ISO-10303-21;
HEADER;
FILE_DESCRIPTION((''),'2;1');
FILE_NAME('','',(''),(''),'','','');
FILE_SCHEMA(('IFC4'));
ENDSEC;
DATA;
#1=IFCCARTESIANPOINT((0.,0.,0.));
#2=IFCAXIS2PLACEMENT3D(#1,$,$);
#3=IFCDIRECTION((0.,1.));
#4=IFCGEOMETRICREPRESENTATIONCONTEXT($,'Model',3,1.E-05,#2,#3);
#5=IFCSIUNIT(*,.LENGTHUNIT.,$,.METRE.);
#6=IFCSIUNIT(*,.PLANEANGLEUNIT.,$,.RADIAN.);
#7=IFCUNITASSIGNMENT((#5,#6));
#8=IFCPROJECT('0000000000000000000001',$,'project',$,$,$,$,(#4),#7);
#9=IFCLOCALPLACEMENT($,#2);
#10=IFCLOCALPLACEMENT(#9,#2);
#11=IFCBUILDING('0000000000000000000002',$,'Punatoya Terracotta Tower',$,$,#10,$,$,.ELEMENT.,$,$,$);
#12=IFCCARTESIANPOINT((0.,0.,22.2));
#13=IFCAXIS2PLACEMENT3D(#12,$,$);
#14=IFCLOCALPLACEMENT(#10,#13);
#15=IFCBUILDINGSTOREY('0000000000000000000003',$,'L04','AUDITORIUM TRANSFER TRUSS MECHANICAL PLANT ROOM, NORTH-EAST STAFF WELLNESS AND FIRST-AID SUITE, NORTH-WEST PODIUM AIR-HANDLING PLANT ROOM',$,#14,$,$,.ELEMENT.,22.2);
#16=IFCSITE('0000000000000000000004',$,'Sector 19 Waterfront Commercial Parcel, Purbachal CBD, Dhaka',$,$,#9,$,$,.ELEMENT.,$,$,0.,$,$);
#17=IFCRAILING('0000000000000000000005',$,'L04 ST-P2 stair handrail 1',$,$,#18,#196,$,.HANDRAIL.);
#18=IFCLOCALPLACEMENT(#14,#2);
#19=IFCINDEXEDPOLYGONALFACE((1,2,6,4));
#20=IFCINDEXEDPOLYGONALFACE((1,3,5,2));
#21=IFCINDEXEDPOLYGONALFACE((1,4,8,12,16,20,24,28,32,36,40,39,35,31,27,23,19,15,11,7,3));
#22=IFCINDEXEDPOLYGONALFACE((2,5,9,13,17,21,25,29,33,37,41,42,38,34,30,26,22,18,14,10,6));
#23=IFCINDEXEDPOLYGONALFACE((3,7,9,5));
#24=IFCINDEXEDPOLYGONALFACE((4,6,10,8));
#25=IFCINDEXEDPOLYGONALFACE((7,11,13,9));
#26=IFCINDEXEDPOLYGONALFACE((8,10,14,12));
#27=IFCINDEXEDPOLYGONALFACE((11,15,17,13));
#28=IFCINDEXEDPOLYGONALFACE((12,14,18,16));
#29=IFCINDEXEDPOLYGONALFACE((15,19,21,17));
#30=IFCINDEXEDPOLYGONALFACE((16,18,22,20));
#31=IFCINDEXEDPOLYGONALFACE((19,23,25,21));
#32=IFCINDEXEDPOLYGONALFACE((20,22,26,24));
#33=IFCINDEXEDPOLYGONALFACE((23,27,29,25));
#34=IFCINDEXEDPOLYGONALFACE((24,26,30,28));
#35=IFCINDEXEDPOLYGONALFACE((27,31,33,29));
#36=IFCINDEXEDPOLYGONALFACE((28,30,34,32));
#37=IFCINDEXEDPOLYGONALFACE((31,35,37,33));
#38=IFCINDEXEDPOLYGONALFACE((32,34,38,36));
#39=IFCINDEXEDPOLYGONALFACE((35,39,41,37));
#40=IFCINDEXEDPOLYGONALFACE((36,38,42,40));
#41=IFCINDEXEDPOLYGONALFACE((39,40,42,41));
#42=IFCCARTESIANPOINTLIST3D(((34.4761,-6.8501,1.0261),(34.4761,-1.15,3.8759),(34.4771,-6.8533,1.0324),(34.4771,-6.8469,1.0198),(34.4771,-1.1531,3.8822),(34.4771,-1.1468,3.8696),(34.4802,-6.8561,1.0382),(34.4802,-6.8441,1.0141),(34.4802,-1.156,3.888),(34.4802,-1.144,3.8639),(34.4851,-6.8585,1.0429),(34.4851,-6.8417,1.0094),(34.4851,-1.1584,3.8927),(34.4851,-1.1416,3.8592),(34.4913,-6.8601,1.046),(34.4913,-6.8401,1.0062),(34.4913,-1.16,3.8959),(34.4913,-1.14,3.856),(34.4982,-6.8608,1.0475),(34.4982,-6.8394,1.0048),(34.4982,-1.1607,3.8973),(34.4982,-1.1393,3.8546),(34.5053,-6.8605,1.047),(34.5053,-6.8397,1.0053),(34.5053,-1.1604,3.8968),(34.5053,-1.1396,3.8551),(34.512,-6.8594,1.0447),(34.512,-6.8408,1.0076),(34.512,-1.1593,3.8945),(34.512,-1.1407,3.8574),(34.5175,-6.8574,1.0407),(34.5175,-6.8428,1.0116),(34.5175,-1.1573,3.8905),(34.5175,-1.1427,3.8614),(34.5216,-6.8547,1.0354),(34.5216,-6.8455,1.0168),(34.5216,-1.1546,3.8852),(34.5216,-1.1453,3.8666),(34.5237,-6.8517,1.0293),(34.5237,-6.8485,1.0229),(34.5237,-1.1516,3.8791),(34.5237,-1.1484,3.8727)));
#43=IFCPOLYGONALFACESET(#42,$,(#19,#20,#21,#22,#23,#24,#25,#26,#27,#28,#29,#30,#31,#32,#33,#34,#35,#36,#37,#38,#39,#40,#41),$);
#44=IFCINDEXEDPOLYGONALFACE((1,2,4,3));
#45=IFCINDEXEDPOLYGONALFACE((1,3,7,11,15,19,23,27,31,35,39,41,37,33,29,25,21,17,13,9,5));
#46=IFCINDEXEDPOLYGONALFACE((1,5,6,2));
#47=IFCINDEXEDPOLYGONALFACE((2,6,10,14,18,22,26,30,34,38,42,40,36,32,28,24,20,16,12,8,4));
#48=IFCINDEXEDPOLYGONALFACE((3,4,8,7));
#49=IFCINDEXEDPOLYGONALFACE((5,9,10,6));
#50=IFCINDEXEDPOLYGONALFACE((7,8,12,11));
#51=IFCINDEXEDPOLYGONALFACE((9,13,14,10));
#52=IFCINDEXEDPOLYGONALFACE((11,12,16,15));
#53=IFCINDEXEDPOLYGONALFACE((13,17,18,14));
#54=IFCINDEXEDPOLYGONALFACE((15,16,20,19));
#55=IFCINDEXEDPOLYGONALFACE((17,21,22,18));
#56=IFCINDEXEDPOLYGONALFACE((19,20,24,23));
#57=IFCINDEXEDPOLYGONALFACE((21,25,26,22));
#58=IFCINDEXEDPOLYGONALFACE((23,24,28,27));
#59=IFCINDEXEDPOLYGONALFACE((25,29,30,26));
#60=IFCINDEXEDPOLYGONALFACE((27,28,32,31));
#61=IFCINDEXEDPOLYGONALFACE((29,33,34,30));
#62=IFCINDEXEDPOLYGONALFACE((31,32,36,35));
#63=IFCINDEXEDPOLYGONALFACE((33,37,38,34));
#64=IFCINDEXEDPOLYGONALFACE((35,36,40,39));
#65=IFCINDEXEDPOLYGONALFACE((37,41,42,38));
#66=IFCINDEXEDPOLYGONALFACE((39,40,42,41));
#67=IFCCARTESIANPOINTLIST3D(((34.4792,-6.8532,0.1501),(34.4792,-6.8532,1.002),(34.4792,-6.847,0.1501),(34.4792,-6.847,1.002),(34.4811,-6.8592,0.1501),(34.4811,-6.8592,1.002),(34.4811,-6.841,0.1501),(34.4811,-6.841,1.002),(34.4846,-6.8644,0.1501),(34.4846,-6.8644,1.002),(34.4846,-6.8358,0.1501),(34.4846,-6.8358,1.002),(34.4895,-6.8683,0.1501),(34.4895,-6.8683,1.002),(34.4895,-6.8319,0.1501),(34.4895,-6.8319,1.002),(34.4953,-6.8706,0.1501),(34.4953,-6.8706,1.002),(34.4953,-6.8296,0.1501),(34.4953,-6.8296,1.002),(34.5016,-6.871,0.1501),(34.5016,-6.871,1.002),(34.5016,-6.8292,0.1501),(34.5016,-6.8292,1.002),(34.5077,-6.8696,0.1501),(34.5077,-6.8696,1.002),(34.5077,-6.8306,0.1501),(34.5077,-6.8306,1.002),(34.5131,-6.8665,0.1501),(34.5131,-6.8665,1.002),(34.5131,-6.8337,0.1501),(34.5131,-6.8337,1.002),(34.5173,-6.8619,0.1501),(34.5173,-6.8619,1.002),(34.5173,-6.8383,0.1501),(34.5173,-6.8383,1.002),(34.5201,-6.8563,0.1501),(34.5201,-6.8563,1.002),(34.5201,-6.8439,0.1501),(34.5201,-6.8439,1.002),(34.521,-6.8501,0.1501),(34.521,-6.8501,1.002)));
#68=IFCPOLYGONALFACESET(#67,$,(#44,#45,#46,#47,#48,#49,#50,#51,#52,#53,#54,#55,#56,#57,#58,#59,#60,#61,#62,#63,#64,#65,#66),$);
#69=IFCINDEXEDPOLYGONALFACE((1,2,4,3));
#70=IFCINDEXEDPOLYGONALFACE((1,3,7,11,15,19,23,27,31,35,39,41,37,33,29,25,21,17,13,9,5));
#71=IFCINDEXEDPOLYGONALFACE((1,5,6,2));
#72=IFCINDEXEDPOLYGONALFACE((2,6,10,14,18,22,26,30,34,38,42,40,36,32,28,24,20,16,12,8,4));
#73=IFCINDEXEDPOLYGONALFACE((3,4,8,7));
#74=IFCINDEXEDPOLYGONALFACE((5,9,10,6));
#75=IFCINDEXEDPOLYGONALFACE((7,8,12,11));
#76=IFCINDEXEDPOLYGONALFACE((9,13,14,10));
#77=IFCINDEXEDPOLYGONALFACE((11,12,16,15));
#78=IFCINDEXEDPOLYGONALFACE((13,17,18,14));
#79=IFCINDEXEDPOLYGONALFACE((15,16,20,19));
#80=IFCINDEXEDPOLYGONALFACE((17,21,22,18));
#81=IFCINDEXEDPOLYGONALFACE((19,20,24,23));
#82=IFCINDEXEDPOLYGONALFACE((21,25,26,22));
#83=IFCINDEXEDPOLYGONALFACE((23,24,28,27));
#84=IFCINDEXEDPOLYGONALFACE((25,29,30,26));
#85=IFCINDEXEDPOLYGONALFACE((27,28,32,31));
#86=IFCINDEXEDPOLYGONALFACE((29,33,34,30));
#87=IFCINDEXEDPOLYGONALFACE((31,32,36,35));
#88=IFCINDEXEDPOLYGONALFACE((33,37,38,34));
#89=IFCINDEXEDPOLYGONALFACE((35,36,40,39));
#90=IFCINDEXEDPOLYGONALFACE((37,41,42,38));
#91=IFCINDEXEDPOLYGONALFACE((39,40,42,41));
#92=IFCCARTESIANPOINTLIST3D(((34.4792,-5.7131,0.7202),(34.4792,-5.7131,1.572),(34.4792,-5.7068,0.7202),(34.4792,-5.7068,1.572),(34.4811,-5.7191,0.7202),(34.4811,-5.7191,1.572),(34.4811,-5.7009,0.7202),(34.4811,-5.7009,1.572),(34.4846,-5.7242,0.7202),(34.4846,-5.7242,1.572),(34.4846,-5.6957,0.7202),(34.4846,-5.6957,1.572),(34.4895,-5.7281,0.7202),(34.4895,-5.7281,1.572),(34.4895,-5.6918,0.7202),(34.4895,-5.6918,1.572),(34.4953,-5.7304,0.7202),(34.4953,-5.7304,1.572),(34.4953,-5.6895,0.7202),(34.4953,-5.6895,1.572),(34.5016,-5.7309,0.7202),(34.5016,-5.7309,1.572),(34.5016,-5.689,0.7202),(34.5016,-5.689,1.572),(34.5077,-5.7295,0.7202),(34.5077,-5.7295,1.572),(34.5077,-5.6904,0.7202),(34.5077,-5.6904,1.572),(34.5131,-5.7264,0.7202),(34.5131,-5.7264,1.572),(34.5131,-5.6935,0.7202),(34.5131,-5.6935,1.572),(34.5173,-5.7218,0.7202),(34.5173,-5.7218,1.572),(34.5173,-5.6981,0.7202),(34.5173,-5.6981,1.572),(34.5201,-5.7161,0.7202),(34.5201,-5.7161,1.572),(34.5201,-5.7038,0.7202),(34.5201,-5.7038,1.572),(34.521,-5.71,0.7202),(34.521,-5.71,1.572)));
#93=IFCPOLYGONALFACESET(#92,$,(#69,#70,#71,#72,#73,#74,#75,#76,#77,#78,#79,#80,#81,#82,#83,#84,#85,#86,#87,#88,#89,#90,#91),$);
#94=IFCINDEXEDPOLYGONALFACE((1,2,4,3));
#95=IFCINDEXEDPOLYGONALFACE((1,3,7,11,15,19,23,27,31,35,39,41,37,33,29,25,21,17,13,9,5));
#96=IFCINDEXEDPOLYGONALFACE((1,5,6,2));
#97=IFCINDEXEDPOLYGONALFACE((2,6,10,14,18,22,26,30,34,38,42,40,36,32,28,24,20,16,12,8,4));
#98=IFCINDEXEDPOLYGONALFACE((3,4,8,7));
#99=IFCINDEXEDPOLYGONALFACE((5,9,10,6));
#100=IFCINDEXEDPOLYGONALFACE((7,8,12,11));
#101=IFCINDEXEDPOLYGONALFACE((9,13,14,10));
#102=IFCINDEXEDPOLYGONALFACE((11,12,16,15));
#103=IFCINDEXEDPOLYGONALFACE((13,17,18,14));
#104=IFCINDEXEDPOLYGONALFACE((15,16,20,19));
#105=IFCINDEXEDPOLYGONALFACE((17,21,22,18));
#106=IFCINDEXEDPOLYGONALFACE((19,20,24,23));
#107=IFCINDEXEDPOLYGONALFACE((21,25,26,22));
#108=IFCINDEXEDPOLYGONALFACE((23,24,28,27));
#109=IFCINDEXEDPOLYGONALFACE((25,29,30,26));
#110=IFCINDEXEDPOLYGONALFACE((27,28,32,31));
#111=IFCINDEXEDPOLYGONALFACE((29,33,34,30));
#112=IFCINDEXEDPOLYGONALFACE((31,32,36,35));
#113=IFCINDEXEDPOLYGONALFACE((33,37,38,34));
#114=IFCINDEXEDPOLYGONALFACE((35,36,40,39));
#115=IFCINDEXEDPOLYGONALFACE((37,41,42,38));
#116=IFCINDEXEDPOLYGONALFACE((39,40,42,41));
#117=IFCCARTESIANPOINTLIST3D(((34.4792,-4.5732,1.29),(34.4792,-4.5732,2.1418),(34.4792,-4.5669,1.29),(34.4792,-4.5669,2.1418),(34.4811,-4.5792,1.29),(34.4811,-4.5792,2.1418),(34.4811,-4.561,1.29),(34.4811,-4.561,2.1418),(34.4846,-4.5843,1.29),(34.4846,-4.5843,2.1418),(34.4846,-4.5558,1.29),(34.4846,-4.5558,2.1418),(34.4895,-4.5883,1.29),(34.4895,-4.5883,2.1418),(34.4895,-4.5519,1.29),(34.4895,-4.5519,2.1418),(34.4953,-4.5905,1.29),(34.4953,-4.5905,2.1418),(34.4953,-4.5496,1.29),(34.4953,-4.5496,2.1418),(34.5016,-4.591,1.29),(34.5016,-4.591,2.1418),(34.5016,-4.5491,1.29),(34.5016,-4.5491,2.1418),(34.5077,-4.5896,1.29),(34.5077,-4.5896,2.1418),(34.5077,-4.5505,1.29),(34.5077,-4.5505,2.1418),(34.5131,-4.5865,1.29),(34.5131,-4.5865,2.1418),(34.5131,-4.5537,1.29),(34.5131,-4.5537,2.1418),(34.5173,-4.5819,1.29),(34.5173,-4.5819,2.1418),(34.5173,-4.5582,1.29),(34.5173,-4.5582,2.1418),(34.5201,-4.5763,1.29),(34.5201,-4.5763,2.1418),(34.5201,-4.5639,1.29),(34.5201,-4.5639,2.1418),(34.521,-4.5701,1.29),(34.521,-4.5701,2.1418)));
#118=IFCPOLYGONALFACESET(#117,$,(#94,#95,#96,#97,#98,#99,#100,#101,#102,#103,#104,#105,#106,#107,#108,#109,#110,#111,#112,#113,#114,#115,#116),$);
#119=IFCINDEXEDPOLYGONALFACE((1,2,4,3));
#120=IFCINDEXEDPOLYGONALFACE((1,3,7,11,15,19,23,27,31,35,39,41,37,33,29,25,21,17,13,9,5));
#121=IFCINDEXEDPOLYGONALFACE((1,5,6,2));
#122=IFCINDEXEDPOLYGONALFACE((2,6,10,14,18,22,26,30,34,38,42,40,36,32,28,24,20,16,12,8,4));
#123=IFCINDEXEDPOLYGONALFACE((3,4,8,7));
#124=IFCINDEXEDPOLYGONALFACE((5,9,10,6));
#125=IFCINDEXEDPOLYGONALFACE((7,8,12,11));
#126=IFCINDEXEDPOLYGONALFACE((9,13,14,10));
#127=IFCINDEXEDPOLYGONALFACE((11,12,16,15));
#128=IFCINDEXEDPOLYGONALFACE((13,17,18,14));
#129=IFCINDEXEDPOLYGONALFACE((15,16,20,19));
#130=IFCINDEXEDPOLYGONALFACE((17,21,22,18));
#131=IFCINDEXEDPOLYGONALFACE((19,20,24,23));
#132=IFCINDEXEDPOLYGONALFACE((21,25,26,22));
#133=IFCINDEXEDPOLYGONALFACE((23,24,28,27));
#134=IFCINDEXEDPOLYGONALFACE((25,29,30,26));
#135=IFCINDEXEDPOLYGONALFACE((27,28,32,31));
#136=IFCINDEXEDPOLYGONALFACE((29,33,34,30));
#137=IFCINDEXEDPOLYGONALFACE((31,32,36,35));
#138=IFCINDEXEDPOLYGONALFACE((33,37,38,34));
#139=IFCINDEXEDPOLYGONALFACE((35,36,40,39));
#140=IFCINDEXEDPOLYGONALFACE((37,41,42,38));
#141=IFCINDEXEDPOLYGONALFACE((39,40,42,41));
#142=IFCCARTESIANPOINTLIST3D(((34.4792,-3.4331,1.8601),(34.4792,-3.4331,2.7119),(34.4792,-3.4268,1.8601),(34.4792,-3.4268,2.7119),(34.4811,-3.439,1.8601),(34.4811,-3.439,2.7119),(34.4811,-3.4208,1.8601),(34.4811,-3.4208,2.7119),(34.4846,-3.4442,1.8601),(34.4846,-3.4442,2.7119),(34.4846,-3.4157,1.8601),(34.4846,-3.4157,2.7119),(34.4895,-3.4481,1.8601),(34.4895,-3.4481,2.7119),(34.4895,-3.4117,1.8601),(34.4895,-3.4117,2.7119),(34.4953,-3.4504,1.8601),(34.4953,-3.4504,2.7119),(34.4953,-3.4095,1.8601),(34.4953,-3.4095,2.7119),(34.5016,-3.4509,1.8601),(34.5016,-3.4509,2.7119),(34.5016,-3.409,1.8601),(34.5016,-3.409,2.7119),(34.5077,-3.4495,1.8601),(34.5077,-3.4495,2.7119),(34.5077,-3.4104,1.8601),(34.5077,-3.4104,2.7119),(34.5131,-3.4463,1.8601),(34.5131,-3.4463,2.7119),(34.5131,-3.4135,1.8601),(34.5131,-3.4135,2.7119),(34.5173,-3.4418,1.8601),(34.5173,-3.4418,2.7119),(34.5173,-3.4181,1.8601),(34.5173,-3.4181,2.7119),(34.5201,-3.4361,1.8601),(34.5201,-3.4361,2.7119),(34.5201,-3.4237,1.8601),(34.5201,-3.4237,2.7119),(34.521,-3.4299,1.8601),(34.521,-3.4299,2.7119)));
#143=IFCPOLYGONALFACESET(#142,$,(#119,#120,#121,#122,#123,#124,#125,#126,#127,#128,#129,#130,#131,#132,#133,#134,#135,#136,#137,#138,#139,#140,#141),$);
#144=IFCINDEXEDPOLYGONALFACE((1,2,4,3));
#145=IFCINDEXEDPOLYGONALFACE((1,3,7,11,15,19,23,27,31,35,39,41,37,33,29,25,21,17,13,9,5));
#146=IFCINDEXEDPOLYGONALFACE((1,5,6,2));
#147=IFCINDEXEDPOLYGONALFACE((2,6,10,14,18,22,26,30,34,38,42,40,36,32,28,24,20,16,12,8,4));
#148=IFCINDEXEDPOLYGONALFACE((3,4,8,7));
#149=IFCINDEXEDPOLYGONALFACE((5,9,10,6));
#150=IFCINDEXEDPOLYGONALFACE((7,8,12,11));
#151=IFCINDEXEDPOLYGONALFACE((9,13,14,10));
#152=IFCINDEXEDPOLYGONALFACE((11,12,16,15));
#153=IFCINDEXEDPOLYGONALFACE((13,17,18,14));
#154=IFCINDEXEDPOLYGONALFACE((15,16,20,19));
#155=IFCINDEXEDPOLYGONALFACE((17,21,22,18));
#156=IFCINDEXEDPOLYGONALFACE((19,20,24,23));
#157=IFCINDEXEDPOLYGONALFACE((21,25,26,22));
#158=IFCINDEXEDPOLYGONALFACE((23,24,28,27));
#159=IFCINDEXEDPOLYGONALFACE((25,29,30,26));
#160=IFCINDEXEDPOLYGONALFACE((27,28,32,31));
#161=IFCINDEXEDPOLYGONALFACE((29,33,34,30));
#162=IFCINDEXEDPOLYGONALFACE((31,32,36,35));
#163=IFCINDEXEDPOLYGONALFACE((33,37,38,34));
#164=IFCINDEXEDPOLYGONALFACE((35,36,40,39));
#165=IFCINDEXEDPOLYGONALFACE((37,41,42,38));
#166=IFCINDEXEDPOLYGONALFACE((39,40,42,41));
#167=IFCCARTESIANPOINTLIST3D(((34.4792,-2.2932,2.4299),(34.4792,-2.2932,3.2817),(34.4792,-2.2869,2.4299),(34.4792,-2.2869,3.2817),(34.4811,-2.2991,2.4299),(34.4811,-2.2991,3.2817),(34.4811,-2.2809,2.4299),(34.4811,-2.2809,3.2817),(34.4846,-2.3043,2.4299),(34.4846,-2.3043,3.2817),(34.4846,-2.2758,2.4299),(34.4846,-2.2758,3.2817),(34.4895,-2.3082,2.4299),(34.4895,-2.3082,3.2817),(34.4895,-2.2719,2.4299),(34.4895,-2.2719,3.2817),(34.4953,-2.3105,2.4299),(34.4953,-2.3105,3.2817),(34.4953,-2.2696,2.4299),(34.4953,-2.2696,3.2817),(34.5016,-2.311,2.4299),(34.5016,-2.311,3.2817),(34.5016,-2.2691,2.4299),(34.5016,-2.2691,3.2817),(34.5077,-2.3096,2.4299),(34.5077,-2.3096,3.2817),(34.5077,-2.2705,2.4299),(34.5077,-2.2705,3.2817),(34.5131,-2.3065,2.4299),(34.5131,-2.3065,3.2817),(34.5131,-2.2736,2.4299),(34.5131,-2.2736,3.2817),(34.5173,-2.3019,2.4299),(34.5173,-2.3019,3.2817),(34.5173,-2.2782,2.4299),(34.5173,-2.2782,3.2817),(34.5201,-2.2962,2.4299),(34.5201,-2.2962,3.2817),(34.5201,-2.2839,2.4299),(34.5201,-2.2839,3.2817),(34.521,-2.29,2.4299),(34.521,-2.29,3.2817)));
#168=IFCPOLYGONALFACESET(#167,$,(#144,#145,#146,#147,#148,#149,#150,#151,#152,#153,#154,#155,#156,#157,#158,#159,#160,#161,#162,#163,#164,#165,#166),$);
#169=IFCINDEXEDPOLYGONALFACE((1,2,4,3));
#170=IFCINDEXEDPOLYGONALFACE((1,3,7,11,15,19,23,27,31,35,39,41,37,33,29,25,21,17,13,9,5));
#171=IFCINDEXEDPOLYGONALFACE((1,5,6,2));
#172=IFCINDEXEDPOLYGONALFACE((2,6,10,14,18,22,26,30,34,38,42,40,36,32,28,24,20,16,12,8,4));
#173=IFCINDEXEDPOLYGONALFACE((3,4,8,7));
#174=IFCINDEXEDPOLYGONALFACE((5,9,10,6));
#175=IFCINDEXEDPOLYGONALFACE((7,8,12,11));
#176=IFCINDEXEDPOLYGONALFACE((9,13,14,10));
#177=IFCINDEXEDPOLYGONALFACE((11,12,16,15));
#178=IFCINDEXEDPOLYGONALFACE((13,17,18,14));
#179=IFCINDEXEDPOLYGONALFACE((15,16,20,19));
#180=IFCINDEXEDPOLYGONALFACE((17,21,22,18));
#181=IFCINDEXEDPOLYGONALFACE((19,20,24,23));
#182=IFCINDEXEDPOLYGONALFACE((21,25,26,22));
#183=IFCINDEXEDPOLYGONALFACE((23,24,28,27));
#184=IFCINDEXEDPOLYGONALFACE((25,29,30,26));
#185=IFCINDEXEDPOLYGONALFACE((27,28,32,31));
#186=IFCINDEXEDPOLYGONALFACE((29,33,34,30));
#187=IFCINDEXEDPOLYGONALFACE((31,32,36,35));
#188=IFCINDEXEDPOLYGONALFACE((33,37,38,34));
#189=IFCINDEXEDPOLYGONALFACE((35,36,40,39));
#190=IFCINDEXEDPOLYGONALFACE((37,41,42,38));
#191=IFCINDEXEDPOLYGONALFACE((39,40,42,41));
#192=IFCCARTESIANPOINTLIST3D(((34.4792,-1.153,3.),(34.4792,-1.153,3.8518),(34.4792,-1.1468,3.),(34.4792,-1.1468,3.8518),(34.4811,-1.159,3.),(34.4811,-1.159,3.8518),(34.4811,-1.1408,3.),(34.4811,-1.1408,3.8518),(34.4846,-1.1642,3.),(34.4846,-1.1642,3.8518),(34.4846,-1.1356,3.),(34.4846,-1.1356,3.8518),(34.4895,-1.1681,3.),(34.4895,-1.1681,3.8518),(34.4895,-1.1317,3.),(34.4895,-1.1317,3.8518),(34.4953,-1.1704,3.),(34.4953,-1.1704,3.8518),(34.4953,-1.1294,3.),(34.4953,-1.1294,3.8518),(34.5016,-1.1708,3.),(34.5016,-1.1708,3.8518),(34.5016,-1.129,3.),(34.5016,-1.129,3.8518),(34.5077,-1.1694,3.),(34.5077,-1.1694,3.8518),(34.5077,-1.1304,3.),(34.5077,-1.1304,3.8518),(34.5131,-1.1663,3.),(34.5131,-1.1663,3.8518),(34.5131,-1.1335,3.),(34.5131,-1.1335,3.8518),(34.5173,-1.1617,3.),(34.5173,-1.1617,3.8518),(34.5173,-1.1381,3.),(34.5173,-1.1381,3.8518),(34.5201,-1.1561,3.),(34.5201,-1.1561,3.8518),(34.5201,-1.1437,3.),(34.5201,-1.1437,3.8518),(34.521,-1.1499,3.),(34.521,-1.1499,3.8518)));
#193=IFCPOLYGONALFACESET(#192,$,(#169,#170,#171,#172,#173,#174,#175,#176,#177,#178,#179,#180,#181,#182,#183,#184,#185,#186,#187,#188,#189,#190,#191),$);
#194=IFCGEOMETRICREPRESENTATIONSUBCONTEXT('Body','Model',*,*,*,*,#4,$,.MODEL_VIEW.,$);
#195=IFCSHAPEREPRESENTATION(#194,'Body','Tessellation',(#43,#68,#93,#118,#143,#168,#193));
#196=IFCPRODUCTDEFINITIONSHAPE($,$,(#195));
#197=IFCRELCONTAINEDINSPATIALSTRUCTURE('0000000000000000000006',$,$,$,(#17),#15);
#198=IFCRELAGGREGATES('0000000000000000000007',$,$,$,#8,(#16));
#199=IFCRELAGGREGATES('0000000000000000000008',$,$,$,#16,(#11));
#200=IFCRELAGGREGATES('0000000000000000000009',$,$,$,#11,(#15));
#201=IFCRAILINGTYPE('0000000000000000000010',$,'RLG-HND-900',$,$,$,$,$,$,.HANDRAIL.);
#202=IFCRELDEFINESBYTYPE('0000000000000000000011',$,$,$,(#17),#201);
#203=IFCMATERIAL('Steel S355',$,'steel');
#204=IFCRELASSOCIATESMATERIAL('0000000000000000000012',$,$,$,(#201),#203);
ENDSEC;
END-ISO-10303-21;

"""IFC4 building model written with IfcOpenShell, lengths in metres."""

from ifc_helpers import new_model, si_unit, direction, frame, origin, origin_2d, place, context, subcontext, project, spatial, circle, extrude, material, type_object, element, save


model = new_model("IFC4")

# Units and contexts
model_context = context("Model", 3, precision=1e-05, world=origin(), true_north=direction((0.0, 1.0)))
body_context = subcontext(model_context, "Body", "Model", "MODEL_VIEW")
ifc_project = project(units=[si_unit("LENGTHUNIT", "METRE"), si_unit("PLANEANGLEUNIT", "RADIAN")], contexts=[model_context])

# Site, building, storey
site_placement = place(None, origin())
site = spatial("IfcSite", under=ifc_project, at=site_placement, Name="Sector 19 Waterfront Commercial Parcel, Purbachal CBD, Dhaka", CompositionType="ELEMENT", RefElevation=0.0)
building_placement = place(site_placement, origin())
building = spatial("IfcBuilding", under=site, at=building_placement, Name="Punatoya Terracotta Tower", CompositionType="ELEMENT")
storey_placement = place(building_placement, frame((0.0, 0.0, 22.2)))
storey = spatial("IfcBuildingStorey", under=building, at=storey_placement, Name="L04", Description="AUDITORIUM TRANSFER TRUSS MECHANICAL PLANT ROOM, NORTH-EAST STAFF WELLNESS AND FIRST-AID SUITE, NORTH-WEST PODIUM AIR-HANDLING PLANT ROOM", CompositionType="ELEMENT", Elevation=22.2)

# Shared definitions
ifc_material_1 = material(Name="Steel S355", Category="steel")

# Railing
railing_type_1 = type_object("IfcRailingType", Name="RLG-HND-900", PredefinedType="HANDRAIL", material=ifc_material_1)
railing_1_placement = place(storey_placement, frame((34.5, -6.8501, 0.1501)))
element("IfcRailing", 1, at=railing_1_placement, inside=storey, type_object=railing_type_1, Name="L04 ST-P2 stair handrail 1", PredefinedType="HANDRAIL", context=body_context, shape_type="SweptSolid", body=[
    extrude(circle(Radius=0.0239, at=origin_2d()), frame((0.0, 0.0, 0.876), z_axis=(0.0, 0.894443, 0.447183), x_axis=(-1.0, 0.0, 0.0)), (0.0, 0.0, 1.0), 6.3728),
    extrude(circle(Radius=0.021, at=origin_2d()), origin(), (0.0, 0.0, 1.0), 0.8518),
    extrude(circle(Radius=0.021, at=origin_2d()), frame((0.0, 1.1401, 0.5701)), (0.0, 0.0, 1.0), 0.8518),
    extrude(circle(Radius=0.021, at=origin_2d()), frame((0.0, 2.28, 1.1399)), (0.0, 0.0, 1.0), 0.8518),
    extrude(circle(Radius=0.021, at=origin_2d()), frame((0.0, 3.4202, 1.71)), (0.0, 0.0, 1.0), 0.8518),
    extrude(circle(Radius=0.021, at=origin_2d()), frame((0.0, 4.5601, 2.2798)), (0.0, 0.0, 1.0), 0.8518),
    extrude(circle(Radius=0.021, at=origin_2d()), frame((0.0, 5.7002, 2.8499)), (0.0, 0.0, 1.0), 0.8518),
])

save(model, "model.ifc")
